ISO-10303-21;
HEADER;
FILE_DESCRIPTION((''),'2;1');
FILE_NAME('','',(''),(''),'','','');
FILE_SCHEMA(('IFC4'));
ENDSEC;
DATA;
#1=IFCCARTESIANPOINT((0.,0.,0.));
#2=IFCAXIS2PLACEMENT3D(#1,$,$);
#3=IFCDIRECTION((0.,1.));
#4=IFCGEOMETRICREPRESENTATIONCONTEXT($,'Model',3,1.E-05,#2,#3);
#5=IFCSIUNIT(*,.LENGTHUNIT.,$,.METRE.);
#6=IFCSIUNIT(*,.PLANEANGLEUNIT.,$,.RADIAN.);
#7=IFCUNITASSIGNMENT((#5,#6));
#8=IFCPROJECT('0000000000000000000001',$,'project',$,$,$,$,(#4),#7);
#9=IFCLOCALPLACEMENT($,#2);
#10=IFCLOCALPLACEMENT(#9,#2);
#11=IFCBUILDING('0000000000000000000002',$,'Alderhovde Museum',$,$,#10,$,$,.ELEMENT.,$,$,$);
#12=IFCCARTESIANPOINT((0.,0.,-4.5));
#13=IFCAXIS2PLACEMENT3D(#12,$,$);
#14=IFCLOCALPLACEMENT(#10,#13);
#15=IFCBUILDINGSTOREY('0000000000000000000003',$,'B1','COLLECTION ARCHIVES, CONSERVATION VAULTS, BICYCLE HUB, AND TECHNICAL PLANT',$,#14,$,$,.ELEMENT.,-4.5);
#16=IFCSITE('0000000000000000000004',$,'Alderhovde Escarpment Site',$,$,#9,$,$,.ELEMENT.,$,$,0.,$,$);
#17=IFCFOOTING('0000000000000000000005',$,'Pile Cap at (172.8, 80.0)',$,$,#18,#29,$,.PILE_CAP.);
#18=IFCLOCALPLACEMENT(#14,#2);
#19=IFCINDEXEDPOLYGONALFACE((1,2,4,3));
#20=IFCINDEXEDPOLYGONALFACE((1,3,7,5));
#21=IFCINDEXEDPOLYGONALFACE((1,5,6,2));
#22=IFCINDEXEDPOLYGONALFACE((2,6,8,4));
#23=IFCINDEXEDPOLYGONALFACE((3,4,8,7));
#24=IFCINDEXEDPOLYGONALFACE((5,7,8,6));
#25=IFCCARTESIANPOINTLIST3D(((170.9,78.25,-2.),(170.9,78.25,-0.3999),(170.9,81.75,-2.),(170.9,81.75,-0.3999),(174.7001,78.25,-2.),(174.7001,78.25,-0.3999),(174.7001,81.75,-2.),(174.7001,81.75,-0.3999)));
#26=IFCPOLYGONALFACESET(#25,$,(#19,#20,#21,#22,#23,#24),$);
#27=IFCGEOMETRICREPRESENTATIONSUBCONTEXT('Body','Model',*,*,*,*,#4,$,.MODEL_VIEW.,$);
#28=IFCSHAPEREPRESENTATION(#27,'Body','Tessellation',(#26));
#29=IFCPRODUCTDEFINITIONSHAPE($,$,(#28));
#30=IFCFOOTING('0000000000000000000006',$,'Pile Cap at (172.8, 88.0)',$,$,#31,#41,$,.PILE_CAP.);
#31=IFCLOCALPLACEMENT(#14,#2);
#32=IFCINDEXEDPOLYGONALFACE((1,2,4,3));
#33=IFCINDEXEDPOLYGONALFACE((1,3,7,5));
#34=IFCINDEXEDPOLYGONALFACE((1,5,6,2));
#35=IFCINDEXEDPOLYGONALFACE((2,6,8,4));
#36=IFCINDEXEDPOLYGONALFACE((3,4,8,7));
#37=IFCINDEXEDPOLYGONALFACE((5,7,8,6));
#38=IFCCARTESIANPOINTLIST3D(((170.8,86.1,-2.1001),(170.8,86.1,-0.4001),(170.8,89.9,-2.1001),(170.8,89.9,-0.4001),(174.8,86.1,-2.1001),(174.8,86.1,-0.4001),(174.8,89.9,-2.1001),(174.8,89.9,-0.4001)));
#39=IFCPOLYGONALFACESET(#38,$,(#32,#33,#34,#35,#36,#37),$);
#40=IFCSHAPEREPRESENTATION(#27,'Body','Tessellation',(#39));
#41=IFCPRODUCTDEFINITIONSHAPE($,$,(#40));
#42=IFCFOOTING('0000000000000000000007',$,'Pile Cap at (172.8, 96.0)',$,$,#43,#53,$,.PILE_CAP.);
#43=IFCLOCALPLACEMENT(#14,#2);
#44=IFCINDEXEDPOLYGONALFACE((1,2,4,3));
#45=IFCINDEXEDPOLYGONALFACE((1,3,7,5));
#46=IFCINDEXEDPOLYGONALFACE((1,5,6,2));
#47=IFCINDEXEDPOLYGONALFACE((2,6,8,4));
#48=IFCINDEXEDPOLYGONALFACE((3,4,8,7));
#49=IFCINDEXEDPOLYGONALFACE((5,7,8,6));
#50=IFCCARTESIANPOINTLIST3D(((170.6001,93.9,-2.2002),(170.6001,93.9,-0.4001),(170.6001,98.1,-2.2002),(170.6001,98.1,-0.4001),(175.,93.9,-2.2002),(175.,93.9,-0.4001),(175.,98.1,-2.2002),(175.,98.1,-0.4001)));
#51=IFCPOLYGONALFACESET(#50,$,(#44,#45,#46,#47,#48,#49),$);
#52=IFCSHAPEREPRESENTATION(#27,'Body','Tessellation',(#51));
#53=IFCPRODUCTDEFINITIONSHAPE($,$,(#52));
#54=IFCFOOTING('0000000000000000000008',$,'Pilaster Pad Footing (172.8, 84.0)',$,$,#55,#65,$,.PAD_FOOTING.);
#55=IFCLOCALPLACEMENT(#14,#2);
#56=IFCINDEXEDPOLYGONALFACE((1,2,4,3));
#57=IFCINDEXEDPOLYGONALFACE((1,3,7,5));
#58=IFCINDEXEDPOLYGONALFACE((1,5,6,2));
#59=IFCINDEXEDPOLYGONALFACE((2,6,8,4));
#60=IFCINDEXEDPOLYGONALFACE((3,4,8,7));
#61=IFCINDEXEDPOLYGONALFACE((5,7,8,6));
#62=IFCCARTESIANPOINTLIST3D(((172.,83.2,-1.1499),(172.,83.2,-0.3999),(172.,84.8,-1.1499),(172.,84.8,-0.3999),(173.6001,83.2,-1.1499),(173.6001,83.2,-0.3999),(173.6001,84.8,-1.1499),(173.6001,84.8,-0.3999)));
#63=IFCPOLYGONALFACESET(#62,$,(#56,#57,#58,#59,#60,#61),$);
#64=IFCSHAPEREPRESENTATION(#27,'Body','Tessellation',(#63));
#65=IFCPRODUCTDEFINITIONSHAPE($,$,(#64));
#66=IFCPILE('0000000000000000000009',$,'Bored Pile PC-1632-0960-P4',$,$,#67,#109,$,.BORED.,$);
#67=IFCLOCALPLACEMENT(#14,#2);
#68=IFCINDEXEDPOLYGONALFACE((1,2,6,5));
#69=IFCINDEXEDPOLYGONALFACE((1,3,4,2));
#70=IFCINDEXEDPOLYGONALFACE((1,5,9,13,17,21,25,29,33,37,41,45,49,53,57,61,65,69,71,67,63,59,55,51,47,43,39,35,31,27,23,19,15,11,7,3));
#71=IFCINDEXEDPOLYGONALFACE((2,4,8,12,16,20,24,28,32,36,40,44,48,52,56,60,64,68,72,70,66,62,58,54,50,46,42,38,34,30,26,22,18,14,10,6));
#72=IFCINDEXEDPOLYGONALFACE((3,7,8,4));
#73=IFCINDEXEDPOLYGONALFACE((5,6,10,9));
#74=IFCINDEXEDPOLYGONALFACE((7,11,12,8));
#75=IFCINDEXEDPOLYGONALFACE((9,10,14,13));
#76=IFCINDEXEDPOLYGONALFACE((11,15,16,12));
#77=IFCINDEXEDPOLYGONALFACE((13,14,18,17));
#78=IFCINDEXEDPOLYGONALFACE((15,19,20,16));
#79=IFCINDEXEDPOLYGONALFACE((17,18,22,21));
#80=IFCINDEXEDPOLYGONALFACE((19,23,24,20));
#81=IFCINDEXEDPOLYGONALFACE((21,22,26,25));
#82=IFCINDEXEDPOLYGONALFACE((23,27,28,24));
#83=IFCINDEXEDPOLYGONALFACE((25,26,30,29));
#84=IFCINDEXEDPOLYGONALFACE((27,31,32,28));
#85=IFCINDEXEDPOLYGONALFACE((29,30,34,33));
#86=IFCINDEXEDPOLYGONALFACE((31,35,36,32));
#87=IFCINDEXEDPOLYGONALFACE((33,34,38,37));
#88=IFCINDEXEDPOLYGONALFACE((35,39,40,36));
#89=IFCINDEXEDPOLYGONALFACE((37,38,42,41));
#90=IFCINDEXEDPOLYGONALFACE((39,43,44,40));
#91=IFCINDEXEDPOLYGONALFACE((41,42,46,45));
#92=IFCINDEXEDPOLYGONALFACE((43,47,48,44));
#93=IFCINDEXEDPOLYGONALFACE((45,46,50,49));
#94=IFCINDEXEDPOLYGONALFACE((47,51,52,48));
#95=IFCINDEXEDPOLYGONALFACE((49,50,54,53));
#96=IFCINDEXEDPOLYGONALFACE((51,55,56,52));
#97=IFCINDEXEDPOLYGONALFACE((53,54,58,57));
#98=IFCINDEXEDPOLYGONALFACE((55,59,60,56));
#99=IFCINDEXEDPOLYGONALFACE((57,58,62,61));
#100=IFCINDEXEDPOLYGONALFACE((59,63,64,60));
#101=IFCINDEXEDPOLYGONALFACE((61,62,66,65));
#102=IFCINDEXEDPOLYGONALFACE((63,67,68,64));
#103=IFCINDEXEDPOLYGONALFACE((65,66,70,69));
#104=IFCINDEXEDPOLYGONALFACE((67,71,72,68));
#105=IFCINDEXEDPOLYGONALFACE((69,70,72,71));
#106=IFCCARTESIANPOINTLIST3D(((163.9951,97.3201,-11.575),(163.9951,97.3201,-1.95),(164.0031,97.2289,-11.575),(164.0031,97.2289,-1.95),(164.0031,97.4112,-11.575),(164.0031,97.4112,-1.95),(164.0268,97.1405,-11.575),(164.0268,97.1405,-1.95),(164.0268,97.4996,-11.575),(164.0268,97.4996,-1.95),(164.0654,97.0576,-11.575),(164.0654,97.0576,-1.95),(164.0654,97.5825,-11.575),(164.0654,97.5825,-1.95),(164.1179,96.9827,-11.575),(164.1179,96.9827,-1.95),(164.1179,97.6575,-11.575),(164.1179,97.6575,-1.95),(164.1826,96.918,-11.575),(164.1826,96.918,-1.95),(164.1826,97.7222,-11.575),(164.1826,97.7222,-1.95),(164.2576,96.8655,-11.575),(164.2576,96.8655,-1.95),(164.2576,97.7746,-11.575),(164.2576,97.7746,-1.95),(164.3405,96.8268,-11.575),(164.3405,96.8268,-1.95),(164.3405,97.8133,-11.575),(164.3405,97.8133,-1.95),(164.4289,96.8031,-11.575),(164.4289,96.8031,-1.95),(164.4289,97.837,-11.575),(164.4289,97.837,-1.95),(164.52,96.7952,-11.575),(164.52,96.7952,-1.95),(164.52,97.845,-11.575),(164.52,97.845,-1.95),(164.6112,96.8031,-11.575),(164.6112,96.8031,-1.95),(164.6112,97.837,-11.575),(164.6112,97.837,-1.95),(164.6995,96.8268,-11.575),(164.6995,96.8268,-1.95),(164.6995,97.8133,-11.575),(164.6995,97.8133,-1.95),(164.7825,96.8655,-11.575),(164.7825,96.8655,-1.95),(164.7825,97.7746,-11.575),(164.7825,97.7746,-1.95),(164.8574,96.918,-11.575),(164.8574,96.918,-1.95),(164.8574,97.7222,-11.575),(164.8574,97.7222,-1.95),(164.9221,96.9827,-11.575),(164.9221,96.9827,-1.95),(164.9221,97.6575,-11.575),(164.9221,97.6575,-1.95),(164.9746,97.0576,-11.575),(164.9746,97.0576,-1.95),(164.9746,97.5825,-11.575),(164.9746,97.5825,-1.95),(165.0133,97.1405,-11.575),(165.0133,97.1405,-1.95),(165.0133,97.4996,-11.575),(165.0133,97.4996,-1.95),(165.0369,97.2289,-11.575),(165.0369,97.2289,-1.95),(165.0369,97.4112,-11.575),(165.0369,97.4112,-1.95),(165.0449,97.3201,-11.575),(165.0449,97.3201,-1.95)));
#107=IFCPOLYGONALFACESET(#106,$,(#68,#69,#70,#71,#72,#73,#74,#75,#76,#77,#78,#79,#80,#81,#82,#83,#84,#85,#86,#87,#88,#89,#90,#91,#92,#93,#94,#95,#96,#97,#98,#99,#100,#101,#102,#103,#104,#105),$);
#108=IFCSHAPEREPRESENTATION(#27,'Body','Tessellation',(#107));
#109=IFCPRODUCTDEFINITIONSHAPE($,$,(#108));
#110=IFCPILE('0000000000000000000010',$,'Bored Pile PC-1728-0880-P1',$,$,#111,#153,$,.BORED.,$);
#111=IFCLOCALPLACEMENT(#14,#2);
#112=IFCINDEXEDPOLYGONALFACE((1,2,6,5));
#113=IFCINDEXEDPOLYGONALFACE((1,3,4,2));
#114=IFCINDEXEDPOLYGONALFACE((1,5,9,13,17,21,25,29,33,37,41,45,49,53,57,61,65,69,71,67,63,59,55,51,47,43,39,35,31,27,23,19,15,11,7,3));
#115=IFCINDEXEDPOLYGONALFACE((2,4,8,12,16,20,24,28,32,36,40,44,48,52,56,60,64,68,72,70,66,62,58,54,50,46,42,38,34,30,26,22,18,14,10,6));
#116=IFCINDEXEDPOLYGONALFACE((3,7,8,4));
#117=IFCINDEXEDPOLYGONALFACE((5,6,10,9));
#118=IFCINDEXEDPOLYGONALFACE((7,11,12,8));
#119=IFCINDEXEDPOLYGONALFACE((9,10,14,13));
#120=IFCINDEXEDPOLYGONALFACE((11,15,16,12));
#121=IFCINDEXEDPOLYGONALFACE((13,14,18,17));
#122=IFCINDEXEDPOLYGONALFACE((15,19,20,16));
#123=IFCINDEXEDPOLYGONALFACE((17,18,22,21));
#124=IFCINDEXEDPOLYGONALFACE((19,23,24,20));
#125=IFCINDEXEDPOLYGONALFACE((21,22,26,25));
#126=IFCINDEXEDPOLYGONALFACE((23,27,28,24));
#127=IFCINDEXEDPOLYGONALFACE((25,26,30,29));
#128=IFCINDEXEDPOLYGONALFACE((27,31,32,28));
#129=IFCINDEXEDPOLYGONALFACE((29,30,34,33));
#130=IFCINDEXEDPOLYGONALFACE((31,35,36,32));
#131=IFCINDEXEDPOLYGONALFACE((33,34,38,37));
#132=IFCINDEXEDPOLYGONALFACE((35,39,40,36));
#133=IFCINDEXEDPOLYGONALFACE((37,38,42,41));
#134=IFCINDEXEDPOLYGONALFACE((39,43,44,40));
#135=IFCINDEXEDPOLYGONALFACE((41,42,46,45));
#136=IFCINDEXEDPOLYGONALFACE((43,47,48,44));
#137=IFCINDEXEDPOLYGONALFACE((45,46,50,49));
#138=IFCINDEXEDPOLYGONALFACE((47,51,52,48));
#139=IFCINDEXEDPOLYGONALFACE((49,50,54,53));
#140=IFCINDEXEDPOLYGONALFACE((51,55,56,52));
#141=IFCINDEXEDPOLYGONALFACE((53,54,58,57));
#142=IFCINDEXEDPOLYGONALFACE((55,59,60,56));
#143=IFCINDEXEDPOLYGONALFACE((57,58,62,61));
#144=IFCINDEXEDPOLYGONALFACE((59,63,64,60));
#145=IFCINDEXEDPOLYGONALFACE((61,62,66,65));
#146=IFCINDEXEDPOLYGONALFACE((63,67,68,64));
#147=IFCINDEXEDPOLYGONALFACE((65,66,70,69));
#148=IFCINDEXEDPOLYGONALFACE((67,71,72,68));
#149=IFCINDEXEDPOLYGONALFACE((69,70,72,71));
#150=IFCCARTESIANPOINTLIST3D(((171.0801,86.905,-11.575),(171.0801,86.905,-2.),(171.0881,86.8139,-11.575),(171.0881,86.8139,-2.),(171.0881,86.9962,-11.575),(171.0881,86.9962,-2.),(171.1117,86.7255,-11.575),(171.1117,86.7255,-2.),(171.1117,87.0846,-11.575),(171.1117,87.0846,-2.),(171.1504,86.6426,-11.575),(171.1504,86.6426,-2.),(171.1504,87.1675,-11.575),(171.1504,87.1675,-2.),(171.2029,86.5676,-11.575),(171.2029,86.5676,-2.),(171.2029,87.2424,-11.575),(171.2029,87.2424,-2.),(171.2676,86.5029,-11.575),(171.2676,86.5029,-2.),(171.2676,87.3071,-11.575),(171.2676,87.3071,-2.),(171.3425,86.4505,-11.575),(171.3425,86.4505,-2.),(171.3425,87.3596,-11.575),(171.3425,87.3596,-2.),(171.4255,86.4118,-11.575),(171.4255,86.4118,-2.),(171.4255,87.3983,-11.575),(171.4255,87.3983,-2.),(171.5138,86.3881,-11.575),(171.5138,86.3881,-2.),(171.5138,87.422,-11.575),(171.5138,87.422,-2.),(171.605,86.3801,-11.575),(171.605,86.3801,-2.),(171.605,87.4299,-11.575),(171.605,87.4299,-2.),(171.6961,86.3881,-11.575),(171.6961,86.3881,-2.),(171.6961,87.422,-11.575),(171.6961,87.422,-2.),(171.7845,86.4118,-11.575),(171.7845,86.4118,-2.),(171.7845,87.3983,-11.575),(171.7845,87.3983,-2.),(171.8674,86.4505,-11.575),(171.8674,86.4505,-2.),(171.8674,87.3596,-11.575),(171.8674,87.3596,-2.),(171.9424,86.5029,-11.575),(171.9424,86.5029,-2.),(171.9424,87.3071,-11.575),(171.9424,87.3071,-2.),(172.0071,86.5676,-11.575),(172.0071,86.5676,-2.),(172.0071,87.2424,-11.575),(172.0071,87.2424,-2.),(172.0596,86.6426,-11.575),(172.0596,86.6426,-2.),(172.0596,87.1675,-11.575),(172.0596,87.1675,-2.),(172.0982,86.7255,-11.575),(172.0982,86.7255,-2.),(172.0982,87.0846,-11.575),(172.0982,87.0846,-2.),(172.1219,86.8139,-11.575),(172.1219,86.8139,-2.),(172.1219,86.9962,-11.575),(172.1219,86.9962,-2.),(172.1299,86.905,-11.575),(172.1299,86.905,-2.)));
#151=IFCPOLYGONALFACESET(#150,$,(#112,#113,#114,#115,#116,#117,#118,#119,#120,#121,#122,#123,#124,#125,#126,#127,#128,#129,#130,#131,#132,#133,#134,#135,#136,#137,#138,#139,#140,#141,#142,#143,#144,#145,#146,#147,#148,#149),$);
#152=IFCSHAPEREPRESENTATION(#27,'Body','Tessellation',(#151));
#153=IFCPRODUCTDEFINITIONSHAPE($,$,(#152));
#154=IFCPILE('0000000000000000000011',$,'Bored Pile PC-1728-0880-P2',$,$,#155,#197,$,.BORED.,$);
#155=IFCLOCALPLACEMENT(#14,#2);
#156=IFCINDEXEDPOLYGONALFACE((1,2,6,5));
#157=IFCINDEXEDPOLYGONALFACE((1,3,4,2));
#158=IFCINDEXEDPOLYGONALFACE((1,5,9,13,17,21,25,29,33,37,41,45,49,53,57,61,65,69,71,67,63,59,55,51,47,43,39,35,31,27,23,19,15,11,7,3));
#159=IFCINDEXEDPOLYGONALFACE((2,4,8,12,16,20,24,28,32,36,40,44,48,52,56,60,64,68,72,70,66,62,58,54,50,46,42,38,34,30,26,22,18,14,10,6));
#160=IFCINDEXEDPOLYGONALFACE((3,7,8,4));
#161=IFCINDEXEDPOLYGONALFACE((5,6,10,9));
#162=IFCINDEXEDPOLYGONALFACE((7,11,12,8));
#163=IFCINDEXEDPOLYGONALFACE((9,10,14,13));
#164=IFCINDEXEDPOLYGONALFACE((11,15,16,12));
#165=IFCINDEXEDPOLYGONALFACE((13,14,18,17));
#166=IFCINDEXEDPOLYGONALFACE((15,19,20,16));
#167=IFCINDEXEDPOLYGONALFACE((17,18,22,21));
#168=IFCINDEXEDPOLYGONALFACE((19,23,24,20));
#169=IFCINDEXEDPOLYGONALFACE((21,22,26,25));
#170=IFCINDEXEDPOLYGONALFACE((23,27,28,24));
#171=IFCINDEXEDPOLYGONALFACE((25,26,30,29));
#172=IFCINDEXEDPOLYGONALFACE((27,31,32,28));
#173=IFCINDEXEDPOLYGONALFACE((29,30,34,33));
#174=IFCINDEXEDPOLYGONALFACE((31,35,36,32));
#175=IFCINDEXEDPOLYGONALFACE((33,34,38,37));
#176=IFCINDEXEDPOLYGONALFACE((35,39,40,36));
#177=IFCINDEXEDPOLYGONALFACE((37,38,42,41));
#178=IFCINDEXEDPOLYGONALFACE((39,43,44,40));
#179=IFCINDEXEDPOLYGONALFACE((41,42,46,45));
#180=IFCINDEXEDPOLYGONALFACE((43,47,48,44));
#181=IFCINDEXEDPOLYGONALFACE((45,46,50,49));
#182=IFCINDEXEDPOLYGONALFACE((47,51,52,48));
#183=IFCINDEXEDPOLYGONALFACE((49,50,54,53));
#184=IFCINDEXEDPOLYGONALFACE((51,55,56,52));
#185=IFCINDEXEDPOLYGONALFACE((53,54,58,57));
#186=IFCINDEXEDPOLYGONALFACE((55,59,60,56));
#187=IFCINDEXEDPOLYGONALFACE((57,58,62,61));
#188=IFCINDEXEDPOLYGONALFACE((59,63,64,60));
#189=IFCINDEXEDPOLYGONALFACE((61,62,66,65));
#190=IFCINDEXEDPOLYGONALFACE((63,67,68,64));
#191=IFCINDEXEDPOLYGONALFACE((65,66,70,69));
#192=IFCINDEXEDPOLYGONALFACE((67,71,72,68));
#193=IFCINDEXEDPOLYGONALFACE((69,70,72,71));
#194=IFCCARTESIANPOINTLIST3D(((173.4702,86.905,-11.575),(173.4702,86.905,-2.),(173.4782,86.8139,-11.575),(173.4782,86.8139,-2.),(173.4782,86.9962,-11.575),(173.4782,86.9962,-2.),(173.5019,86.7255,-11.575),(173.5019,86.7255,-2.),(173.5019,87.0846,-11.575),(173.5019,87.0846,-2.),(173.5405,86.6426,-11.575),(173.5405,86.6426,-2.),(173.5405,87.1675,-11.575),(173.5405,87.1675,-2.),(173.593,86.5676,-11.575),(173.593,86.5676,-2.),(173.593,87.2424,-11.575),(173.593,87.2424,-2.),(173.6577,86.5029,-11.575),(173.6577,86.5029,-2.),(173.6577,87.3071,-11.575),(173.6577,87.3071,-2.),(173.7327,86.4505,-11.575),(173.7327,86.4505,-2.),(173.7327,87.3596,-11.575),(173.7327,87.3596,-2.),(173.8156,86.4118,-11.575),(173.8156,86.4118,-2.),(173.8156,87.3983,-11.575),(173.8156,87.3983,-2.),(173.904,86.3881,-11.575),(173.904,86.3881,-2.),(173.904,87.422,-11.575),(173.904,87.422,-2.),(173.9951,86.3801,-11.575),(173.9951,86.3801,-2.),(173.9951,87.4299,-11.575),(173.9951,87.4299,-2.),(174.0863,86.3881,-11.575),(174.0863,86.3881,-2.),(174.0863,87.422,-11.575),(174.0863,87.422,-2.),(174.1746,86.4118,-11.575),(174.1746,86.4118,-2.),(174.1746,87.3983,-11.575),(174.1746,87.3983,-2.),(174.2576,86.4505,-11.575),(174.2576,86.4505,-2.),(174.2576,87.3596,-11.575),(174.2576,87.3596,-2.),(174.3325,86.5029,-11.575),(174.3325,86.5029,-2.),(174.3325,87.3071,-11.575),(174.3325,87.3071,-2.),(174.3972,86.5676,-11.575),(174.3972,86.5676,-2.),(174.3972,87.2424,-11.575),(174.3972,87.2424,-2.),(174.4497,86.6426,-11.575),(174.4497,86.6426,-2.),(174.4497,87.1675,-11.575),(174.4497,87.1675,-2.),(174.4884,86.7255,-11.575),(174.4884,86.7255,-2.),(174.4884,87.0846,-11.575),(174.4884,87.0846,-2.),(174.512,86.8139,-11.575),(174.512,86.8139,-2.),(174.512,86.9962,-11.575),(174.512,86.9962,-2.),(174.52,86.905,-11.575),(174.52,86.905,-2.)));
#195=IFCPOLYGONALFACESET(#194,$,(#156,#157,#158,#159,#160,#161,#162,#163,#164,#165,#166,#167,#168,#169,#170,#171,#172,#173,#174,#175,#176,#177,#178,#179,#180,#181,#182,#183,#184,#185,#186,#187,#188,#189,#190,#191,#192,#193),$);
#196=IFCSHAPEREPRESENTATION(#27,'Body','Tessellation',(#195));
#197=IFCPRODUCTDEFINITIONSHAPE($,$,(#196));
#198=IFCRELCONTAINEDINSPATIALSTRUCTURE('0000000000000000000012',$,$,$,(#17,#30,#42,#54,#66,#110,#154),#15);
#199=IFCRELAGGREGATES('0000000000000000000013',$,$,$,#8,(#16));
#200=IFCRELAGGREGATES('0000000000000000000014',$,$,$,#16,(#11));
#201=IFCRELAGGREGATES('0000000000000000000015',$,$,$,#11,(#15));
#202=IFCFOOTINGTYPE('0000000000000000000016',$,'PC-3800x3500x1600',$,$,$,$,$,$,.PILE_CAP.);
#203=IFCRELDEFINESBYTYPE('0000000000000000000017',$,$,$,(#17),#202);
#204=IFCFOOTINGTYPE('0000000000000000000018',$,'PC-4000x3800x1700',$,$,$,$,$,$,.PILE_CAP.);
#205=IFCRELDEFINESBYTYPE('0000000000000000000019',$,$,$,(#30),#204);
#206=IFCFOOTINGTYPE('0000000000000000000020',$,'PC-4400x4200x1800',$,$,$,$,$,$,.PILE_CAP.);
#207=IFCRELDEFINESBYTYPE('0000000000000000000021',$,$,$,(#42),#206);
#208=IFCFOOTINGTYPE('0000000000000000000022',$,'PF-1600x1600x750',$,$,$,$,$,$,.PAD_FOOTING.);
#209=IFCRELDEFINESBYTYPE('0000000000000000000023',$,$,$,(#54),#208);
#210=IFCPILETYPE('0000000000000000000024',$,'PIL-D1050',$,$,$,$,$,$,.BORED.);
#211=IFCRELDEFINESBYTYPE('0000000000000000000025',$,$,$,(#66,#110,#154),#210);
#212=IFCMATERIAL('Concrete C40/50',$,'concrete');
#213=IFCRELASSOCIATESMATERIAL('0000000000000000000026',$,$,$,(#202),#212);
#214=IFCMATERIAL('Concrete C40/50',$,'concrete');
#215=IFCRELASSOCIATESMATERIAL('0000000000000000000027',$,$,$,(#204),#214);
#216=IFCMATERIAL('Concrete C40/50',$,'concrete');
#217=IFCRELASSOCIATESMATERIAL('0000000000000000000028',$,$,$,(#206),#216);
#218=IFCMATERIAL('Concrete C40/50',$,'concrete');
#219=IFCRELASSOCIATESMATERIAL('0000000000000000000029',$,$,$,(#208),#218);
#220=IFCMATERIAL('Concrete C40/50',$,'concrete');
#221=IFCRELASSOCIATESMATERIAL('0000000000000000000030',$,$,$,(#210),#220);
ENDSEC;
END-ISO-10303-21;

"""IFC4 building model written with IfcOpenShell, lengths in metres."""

from ifc_helpers import new_model, si_unit, direction, frame, origin, origin_2d, place, context, subcontext, project, spatial, rectangle, circle, extrude, material, material_profile, profile_set, type_object, element, save


model = new_model("IFC4")

# Units and contexts
model_context = context("Model", 3, precision=1e-05, world=origin(), true_north=direction((0.0, 1.0)))
body_context = subcontext(model_context, "Body", "Model", "MODEL_VIEW")
ifc_project = project(units=[si_unit("LENGTHUNIT", "METRE"), si_unit("PLANEANGLEUNIT", "RADIAN")], contexts=[model_context])

# Site, building, storey
site_placement = place(None, origin())
site = spatial("IfcSite", under=ifc_project, at=site_placement, Name="Alderhovde Escarpment Site", CompositionType="ELEMENT", RefElevation=0.0)
building_placement = place(site_placement, origin())
building = spatial("IfcBuilding", under=site, at=building_placement, Name="Alderhovde Museum", CompositionType="ELEMENT")
storey_placement = place(building_placement, frame((0.0, 0.0, -4.5)))
storey = spatial("IfcBuildingStorey", under=building, at=storey_placement, Name="B1", Description="COLLECTION ARCHIVES, CONSERVATION VAULTS, BICYCLE HUB, AND TECHNICAL PLANT", CompositionType="ELEMENT", Elevation=-4.5)

# Footings
ifc_material_1 = material(Name="Concrete C40/50", Category="concrete")
footing_type_1 = type_object("IfcFootingType", Name="PC-3800x3500x1600", PredefinedType="PILE_CAP", material=ifc_material_1)
footing_1_placement = place(storey_placement, frame((172.8, 80.0, -2.0), z_axis=(0.0, 0.0, 1.0), x_axis=(1.0, 0.0, 0.0)))
element("IfcFooting", 1, at=footing_1_placement, inside=storey, type_object=footing_type_1, Name="Pile Cap at (172.8, 80.0)", PredefinedType="PILE_CAP", context=body_context, shape_type="SweptSolid", body=[
    extrude(rectangle(XDim=3.8, YDim=3.5, at=origin_2d()), origin(), (0.0, 0.0, 1.0), 1.6001),
])
ifc_material_2 = material(Name="Concrete C40/50", Category="concrete")
footing_type_2 = type_object("IfcFootingType", Name="PC-4000x3800x1700", PredefinedType="PILE_CAP", material=ifc_material_2)
footing_2_placement = place(storey_placement, frame((172.8, 88.0, -2.1001), z_axis=(0.0, 0.0, 1.0), x_axis=(1.0, 0.0, 0.0)))
element("IfcFooting", 2, at=footing_2_placement, inside=storey, type_object=footing_type_2, Name="Pile Cap at (172.8, 88.0)", PredefinedType="PILE_CAP", context=body_context, shape_type="SweptSolid", body=[
    extrude(rectangle(XDim=4.0, YDim=3.8, at=origin_2d()), origin(), (0.0, 0.0, 1.0), 1.7),
])
ifc_material_3 = material(Name="Concrete C40/50", Category="concrete")
footing_type_3 = type_object("IfcFootingType", Name="PC-4400x4200x1800", PredefinedType="PILE_CAP", material=ifc_material_3)
footing_3_placement = place(storey_placement, frame((172.8, 96.0, -2.2002), z_axis=(0.0, 0.0, 1.0), x_axis=(1.0, 0.0, 0.0)))
element("IfcFooting", 3, at=footing_3_placement, inside=storey, type_object=footing_type_3, Name="Pile Cap at (172.8, 96.0)", PredefinedType="PILE_CAP", context=body_context, shape_type="SweptSolid", body=[
    extrude(rectangle(XDim=4.3999, YDim=4.2, at=origin_2d()), origin(), (0.0, 0.0, 1.0), 1.8),
])
ifc_material_4 = material(Name="Concrete C40/50", Category="concrete")
footing_type_4 = type_object("IfcFootingType", Name="PF-1600x1600x750", PredefinedType="PAD_FOOTING", material=ifc_material_4)
footing_4_placement = place(storey_placement, frame((172.8, 84.0, -1.1499), z_axis=(0.0, 0.0, 1.0), x_axis=(1.0, 0.0, 0.0)))
element("IfcFooting", 4, at=footing_4_placement, inside=storey, type_object=footing_type_4, Name="Pilaster Pad Footing (172.8, 84.0)", PredefinedType="PAD_FOOTING", context=body_context, shape_type="SweptSolid", body=[
    extrude(rectangle(XDim=1.6001, YDim=1.6001, at=origin_2d()), origin(), (0.0, 0.0, 1.0), 0.75),
])

# Piles
ifc_material_5 = material(Name="Concrete C40/50", Category="concrete")
ifc_material_profile_1 = material_profile(ifc_material_5, circle(Radius=0.5249, at=origin_2d()), Name="PILE-D1050")
ifc_profile_set_1 = profile_set([ifc_material_profile_1], Name="Concrete C40/50")
pile_type_1 = type_object("IfcPileType", Name="PIL-D1050", PredefinedType="BORED", material=ifc_profile_set_1)
pile_placement = place(storey_placement, frame((164.52, 97.3201, -1.95), z_axis=(0.0, 0.0, -1.0), x_axis=(1.0, 0.0, 0.0)))
element("IfcPile", 5, at=pile_placement, inside=storey, type_object=pile_type_1, Name="Bored Pile PC-1632-0960-P4", PredefinedType="BORED", context=body_context, shape_type="SweptSolid", body=[
    extrude(circle(Radius=0.5249, at=origin_2d()), origin(), (0.0, 0.0, 1.0), 9.625),
])
for number, where, z_axis, x_axis, name in (
    (6, (171.605, 86.905, -2.0), (0.0, 0.0, -1.0), (1.0, 0.0, 0.0), "Bored Pile PC-1728-0880-P1"),
    (7, (173.9951, 86.905, -2.0), (0.0, 0.0, -1.0), (1.0, 0.0, 0.0), "Bored Pile PC-1728-0880-P2"),
):
    element("IfcPile", number, at=place(storey_placement, frame(where, z_axis=z_axis, x_axis=x_axis)), inside=storey, type_object=pile_type_1, Name=name, PredefinedType="BORED", context=body_context, shape_type="SweptSolid", body=[
        extrude(circle(Radius=0.5249, at=origin_2d()), origin(), (0.0, 0.0, 1.0), 9.575),
    ])

save(model, "model.ifc")
